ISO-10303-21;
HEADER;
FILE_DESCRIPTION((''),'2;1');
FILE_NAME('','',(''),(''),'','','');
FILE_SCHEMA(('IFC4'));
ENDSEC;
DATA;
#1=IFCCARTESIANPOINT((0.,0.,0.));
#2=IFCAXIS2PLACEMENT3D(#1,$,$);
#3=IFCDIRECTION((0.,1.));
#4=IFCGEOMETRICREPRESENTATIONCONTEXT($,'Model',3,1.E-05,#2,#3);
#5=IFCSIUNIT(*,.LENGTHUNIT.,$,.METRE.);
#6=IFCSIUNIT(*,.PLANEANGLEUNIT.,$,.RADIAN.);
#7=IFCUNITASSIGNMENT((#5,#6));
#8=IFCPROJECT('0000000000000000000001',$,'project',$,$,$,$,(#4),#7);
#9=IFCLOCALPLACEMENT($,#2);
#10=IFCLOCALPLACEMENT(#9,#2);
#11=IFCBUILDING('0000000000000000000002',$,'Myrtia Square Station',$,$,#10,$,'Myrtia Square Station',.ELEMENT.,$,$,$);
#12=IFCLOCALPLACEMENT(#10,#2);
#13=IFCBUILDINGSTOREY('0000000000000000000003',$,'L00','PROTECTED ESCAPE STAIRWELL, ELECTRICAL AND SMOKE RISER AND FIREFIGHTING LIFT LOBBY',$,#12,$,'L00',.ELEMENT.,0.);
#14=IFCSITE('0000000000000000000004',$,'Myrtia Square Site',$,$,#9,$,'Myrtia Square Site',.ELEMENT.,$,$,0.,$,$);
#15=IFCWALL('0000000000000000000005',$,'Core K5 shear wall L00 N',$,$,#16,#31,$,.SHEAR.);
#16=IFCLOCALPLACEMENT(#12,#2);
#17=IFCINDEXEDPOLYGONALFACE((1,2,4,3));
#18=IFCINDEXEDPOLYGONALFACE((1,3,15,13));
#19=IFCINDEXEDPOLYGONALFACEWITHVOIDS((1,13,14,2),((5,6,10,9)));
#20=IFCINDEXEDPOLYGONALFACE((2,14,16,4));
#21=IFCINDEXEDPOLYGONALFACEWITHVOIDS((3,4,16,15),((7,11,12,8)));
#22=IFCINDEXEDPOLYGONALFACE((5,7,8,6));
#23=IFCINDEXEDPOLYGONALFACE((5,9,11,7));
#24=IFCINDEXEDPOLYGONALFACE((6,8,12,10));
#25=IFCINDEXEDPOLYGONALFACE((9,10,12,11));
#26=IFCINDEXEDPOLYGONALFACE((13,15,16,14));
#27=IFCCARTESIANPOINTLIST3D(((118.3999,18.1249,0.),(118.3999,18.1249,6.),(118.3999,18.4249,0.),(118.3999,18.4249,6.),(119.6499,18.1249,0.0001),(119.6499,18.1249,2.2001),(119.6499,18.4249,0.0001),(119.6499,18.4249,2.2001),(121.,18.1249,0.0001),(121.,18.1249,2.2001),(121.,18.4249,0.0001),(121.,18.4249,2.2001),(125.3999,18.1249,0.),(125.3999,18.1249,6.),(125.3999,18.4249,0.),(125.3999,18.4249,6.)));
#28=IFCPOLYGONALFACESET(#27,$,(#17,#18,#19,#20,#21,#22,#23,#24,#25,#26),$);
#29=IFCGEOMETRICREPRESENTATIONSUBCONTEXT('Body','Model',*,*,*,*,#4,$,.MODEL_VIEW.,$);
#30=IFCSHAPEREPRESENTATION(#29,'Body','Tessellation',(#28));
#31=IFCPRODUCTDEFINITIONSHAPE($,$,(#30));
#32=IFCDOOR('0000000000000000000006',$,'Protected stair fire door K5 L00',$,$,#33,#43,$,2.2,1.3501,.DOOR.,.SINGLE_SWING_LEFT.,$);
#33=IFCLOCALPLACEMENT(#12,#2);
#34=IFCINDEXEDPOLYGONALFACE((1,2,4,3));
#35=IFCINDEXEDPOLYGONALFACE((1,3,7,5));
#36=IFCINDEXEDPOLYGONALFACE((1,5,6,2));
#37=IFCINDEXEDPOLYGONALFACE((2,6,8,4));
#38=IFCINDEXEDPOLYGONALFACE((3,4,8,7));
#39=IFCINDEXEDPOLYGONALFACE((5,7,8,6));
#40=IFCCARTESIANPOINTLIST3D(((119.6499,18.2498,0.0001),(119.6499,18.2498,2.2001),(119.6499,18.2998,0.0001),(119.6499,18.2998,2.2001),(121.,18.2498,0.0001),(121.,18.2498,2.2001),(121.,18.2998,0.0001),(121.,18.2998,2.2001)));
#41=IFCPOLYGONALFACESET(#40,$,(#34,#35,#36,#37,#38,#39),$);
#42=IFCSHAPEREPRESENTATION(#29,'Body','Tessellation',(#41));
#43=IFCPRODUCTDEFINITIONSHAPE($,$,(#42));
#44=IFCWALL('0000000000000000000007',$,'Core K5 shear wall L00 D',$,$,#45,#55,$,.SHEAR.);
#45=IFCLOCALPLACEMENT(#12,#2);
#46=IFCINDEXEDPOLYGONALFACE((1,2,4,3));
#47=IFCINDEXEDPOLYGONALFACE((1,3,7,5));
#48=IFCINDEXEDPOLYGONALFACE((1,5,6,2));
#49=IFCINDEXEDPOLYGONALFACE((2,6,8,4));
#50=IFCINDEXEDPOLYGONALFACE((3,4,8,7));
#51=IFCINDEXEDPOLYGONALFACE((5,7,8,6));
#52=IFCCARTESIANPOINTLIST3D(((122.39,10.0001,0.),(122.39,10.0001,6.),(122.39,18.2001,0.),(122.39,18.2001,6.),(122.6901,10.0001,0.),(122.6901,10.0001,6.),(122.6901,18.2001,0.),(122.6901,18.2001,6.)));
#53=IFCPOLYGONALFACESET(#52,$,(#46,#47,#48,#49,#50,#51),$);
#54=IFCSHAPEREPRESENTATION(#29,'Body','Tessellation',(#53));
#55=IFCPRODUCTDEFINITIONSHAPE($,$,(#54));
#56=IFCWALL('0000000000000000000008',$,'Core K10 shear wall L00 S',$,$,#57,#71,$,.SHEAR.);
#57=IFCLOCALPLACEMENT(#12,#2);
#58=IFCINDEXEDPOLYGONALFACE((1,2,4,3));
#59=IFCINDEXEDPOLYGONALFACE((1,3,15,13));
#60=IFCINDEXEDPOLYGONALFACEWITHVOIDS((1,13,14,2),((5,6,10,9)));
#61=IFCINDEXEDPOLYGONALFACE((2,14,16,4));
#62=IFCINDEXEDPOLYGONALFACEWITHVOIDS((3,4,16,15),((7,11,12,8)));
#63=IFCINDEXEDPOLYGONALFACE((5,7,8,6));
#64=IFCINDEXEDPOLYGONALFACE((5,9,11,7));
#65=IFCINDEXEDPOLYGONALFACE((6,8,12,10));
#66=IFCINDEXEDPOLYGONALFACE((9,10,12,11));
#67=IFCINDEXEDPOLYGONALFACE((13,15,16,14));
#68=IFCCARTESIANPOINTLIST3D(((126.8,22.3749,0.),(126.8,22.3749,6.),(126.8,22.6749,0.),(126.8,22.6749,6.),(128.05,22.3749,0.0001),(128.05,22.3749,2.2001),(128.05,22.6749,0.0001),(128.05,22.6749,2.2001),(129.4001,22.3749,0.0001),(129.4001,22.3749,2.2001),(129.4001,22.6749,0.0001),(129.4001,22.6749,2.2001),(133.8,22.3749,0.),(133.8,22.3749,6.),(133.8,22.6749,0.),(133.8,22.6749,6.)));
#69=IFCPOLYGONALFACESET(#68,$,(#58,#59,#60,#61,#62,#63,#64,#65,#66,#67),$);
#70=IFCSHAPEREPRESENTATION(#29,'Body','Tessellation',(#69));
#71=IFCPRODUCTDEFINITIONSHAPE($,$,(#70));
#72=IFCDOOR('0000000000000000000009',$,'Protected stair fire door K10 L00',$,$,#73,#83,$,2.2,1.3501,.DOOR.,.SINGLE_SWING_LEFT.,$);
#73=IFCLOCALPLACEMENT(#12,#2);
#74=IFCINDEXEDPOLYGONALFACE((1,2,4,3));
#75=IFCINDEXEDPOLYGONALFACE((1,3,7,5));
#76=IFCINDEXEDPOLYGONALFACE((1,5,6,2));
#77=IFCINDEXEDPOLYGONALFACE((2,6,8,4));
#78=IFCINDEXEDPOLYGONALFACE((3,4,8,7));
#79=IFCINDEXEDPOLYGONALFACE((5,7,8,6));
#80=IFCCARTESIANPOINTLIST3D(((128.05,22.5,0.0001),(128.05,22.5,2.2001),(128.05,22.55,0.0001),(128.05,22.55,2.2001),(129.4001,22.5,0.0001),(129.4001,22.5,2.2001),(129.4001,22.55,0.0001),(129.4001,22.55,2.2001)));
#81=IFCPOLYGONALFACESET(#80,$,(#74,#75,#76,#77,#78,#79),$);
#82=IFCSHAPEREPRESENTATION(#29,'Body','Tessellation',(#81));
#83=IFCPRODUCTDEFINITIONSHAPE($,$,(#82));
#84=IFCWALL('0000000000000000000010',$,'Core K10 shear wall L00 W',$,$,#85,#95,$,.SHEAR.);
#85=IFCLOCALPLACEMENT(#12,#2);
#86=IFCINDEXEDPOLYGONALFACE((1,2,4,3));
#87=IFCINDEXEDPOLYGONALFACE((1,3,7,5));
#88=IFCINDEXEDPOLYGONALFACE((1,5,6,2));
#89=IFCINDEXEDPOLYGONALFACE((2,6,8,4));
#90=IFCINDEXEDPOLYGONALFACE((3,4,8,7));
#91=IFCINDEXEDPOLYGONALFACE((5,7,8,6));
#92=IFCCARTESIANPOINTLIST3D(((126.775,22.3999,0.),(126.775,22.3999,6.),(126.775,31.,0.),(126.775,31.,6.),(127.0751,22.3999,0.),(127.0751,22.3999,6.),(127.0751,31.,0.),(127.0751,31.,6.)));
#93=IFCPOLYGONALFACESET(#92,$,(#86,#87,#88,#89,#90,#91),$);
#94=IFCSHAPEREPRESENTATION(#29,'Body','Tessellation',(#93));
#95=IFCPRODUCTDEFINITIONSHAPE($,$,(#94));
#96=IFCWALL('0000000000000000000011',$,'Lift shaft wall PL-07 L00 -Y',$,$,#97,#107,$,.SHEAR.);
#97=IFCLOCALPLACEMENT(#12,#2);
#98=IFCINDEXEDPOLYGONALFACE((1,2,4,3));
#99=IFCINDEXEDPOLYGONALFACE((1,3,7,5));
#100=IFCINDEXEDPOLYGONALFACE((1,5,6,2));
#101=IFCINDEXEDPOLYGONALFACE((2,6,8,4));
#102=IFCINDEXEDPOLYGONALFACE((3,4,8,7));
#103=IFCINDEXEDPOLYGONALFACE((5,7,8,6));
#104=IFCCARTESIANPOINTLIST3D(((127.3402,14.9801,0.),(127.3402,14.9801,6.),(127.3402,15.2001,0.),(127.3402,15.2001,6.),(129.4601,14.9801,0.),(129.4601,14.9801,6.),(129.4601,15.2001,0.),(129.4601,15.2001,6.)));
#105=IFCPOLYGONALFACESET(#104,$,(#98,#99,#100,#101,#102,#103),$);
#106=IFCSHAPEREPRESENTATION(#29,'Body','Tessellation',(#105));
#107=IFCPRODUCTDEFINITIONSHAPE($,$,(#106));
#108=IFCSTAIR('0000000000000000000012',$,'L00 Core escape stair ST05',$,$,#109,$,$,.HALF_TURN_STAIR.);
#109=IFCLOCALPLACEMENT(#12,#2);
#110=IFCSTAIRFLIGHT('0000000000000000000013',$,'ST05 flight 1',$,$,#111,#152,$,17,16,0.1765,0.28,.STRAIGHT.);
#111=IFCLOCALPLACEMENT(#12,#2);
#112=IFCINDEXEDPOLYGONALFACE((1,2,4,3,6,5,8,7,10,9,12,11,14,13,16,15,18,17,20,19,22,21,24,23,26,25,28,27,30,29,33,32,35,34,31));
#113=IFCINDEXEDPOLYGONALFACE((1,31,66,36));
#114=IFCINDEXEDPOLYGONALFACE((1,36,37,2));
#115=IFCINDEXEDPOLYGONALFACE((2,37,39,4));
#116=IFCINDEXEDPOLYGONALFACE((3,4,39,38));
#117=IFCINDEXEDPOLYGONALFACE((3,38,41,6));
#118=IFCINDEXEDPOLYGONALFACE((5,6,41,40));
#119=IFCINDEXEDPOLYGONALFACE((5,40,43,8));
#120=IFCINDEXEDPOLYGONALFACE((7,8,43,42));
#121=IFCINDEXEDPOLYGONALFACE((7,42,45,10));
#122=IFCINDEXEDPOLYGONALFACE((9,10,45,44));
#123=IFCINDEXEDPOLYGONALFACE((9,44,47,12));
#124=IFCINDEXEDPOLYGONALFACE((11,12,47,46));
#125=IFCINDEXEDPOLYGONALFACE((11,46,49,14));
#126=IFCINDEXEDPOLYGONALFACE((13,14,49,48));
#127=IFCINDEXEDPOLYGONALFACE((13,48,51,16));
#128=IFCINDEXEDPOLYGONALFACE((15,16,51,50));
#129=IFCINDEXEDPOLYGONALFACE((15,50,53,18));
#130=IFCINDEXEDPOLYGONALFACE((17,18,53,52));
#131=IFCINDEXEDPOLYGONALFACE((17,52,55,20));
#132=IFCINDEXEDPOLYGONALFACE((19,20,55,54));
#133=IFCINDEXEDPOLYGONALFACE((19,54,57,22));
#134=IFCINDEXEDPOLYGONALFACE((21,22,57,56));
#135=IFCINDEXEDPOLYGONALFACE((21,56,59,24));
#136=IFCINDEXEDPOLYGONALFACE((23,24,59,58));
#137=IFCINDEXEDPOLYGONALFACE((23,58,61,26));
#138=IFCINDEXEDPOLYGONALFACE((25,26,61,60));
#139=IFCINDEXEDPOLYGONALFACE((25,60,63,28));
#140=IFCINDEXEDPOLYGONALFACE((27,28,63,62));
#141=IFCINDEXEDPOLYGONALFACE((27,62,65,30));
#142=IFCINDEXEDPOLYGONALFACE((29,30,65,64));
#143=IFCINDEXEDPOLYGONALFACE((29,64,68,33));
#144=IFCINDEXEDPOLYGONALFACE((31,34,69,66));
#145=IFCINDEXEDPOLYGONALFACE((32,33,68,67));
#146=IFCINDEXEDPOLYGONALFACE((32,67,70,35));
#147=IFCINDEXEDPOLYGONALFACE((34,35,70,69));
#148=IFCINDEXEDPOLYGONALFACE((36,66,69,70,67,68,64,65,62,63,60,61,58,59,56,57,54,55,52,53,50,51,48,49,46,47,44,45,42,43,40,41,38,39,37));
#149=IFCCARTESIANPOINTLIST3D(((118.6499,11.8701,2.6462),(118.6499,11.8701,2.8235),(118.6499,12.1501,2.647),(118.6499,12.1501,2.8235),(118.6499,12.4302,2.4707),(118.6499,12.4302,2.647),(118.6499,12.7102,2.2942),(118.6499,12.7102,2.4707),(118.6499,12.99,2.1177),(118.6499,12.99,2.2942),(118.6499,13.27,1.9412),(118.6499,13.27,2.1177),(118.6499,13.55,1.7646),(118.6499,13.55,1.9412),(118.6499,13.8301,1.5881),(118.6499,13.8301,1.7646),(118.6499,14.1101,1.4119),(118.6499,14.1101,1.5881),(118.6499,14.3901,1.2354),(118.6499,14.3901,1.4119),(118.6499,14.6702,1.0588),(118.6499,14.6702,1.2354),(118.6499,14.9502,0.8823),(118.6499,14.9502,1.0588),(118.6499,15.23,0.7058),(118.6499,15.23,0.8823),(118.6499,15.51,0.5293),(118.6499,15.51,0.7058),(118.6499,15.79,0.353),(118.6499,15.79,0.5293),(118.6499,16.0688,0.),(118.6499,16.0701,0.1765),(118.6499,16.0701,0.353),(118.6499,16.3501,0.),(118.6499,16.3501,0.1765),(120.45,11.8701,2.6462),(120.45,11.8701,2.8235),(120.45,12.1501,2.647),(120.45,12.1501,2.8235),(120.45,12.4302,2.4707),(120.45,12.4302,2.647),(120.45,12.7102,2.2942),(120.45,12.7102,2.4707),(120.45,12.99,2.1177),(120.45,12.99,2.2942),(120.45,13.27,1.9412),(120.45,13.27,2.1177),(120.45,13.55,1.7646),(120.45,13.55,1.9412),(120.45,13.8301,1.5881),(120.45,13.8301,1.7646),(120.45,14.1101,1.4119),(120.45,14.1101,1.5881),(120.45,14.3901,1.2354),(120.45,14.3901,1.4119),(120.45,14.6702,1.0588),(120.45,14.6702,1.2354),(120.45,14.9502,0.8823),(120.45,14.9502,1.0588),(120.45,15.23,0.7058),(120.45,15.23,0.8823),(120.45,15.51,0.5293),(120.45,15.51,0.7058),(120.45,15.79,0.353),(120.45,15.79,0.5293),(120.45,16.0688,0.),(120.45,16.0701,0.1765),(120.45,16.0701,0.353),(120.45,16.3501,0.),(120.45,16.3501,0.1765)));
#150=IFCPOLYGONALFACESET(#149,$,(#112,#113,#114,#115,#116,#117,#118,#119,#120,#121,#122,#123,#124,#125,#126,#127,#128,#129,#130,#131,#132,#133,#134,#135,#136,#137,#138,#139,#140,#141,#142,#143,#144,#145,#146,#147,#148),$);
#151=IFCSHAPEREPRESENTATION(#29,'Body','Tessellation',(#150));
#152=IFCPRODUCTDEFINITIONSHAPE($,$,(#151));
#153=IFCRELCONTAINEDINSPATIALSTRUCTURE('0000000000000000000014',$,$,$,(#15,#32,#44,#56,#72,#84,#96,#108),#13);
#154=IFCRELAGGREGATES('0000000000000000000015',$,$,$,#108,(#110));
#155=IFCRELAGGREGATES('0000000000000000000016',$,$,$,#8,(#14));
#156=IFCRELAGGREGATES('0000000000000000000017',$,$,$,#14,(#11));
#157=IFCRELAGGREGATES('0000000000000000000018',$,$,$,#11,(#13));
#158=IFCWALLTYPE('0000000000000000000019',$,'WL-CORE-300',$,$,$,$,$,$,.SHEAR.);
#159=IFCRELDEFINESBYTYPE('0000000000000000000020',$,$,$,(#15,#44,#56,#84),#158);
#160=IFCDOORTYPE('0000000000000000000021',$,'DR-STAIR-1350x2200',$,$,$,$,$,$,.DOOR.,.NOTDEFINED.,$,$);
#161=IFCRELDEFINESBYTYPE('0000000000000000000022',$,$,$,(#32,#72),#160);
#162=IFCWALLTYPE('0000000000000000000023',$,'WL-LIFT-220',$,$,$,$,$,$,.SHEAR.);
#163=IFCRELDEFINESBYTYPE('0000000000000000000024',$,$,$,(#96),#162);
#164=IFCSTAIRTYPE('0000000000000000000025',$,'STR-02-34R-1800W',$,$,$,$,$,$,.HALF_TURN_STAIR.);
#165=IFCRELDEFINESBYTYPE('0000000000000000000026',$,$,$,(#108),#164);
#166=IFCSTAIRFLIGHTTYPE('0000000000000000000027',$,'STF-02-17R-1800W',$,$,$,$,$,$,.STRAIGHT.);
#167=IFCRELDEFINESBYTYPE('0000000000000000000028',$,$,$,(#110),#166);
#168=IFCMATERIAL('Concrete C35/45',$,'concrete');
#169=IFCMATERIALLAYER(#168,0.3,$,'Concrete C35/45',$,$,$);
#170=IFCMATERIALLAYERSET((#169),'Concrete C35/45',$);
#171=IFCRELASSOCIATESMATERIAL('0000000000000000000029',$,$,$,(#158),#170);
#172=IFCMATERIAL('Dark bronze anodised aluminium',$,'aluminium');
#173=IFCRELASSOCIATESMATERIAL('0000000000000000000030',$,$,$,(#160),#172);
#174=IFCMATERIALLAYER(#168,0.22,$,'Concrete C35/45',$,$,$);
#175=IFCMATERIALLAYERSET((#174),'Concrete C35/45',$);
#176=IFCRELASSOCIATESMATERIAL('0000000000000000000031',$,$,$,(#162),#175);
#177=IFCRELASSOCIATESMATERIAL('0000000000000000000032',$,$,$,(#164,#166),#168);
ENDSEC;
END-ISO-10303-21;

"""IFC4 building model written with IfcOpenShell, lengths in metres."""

from ifc_helpers import new_model, si_unit, direction, frame, frame_2d, origin, place, context, subcontext, project, spatial, polyline, rectangle, outline, extrude, material, layer, layer_set, type_object, element, fill, aggregate, save


model = new_model("IFC4")

# Units and contexts
model_context = context("Model", 3, precision=1e-05, world=origin(), true_north=direction((0.0, 1.0)))
body_context = subcontext(model_context, "Body", "Model", "MODEL_VIEW")
ifc_project = project(units=[si_unit("LENGTHUNIT", "METRE"), si_unit("PLANEANGLEUNIT", "RADIAN")], contexts=[model_context])

# Site, building, storey
site_placement = place(None, origin())
site = spatial("IfcSite", under=ifc_project, at=site_placement, Name="Myrtia Square Site", LongName="Myrtia Square Site", CompositionType="ELEMENT", RefElevation=0.0)
building_placement = place(site_placement, origin())
building = spatial("IfcBuilding", under=site, at=building_placement, Name="Myrtia Square Station", LongName="Myrtia Square Station", CompositionType="ELEMENT")
storey_placement = place(building_placement, origin())
storey = spatial("IfcBuildingStorey", under=building, at=storey_placement, Name="L00", Description="PROTECTED ESCAPE STAIRWELL, ELECTRICAL AND SMOKE RISER AND FIREFIGHTING LIFT LOBBY", LongName="L00", CompositionType="ELEMENT", Elevation=0.0)

# Wall, opening, door
ifc_material_1 = material(Name="Concrete C35/45", Category="concrete")
ifc_layer_1 = layer(ifc_material_1, 0.3, Name="Concrete C35/45")
ifc_layer_set_1 = layer_set([ifc_layer_1], Name="Concrete C35/45")
wall_type_1 = type_object("IfcWallType", Name="WL-CORE-300", PredefinedType="SHEAR", material=ifc_layer_set_1)
wall_1_placement = place(storey_placement, frame((118.3999, 18.2749, 0.0), z_axis=(0.0, 0.0, 1.0), x_axis=(1.0, 0.0, 0.0)))
wall_1 = element("IfcWall", 1, at=wall_1_placement, inside=storey, type_object=wall_type_1, Name="Core K5 shear wall L00 N", PredefinedType="SHEAR", context=body_context, shape_type="SweptSolid", body=[
    extrude(rectangle(XDim=7.0, YDim=0.3, at=frame_2d((3.5, 0.0))), origin(), (0.0, 0.0, 1.0), 6.0),
])
opening_1_placement = place(wall_1_placement, frame((1.25, 0.0, 0.0)))
opening_1 = element("IfcOpeningElement", 2, at=opening_1_placement, cuts=wall_1, PredefinedType="OPENING", context=body_context, shape_type="SweptSolid", body=[
    extrude(rectangle(XDim=1.3501, YDim=2.2, at=frame_2d((0.675, 1.1001))), frame((0.0, 0.165, 0.0), z_axis=(0.0, -1.0, 0.0), x_axis=(1.0, 0.0, 0.0)), (0.0, 0.0, 1.0), 0.3301),
])
ifc_material_2 = material(Name="Dark bronze anodised aluminium", Category="aluminium")
door_type = type_object("IfcDoorType", Name="DR-STAIR-1350x2200", OperationType="NOTDEFINED", PredefinedType="DOOR", material=ifc_material_2)
door_1_placement = place(opening_1_placement, origin())
door_1 = element("IfcDoor", 3, at=door_1_placement, inside=storey, type_object=door_type, Name="Protected stair fire door K5 L00", OperationType="SINGLE_SWING_LEFT", OverallHeight=2.2, OverallWidth=1.3501, PredefinedType="DOOR", context=body_context, shape_type="SweptSolid", body=[
    extrude(rectangle(XDim=1.3501, YDim=2.2, at=frame_2d((0.675, 1.1001))), frame((0.0, 0.0249, 0.0), z_axis=(0.0, -1.0, 0.0), x_axis=(1.0, 0.0, 0.0)), (0.0, 0.0, 1.0), 0.05),
])
fill(opening_1, door_1)

# Wall
wall_2_placement = place(storey_placement, frame((122.54, 10.0, 0.0), z_axis=(0.0, 0.0, 1.0), x_axis=(0.0, 1.0, 0.0)))
element("IfcWall", 4, at=wall_2_placement, inside=storey, type_object=wall_type_1, Name="Core K5 shear wall L00 D", PredefinedType="SHEAR", context=body_context, shape_type="SweptSolid", body=[
    extrude(rectangle(XDim=8.2, YDim=0.3, at=frame_2d((4.1001, 0.0))), origin(), (0.0, 0.0, 1.0), 6.0),
])

# Wall, opening, door
wall_3_placement = place(storey_placement, frame((126.8, 22.5249, 0.0), z_axis=(0.0, 0.0, 1.0), x_axis=(1.0, 0.0, 0.0)))
wall_3 = element("IfcWall", 5, at=wall_3_placement, inside=storey, type_object=wall_type_1, Name="Core K10 shear wall L00 S", PredefinedType="SHEAR", context=body_context, shape_type="SweptSolid", body=[
    extrude(rectangle(XDim=7.0, YDim=0.3, at=frame_2d((3.5, 0.0))), origin(), (0.0, 0.0, 1.0), 6.0),
])
opening_2_placement = place(wall_3_placement, frame((1.25, 0.0, 0.0)))
opening_2 = element("IfcOpeningElement", 6, at=opening_2_placement, cuts=wall_3, PredefinedType="OPENING", context=body_context, shape_type="SweptSolid", body=[
    extrude(rectangle(XDim=1.3501, YDim=2.2, at=frame_2d((0.675, 1.1001))), frame((0.0, 0.165, 0.0), z_axis=(0.0, -1.0, 0.0), x_axis=(1.0, 0.0, 0.0)), (0.0, 0.0, 1.0), 0.3301),
])
door_2_placement = place(opening_2_placement, frame((1.3501, 0.0, 0.0), z_axis=(0.0, 0.0, 1.0), x_axis=(-1.0, 0.0, 0.0)))
door_2 = element("IfcDoor", 7, at=door_2_placement, inside=storey, type_object=door_type, Name="Protected stair fire door K10 L00", OperationType="SINGLE_SWING_LEFT", OverallHeight=2.2, OverallWidth=1.3501, PredefinedType="DOOR", context=body_context, shape_type="SweptSolid", body=[
    extrude(rectangle(XDim=1.3501, YDim=2.2, at=frame_2d((0.675, 1.1001))), frame((0.0, 0.0249, 0.0), z_axis=(0.0, -1.0, 0.0), x_axis=(1.0, 0.0, 0.0)), (0.0, 0.0, 1.0), 0.05),
])
fill(opening_2, door_2)

# Walls
wall_4_placement = place(storey_placement, frame((126.925, 22.3999, 0.0), z_axis=(0.0, 0.0, 1.0), x_axis=(0.0, 1.0, 0.0)))
element("IfcWall", 8, at=wall_4_placement, inside=storey, type_object=wall_type_1, Name="Core K10 shear wall L00 W", PredefinedType="SHEAR", context=body_context, shape_type="SweptSolid", body=[
    extrude(rectangle(XDim=8.6001, YDim=0.3, at=frame_2d((4.3, 0.0))), origin(), (0.0, 0.0, 1.0), 6.0),
])
ifc_layer_2 = layer(ifc_material_1, 0.22, Name="Concrete C35/45")
ifc_layer_set_2 = layer_set([ifc_layer_2], Name="Concrete C35/45")
wall_type_2 = type_object("IfcWallType", Name="WL-LIFT-220", PredefinedType="SHEAR", material=ifc_layer_set_2)
wall_5_placement = place(storey_placement, frame((127.3401, 15.0901, 0.0), z_axis=(0.0, 0.0, 1.0), x_axis=(1.0, 0.0, 0.0)))
element("IfcWall", 9, at=wall_5_placement, inside=storey, type_object=wall_type_2, Name="Lift shaft wall PL-07 L00 -Y", PredefinedType="SHEAR", context=body_context, shape_type="SweptSolid", body=[
    extrude(rectangle(XDim=2.1199, YDim=0.22, at=frame_2d((1.0601, 0.0))), origin(), (0.0, 0.0, 1.0), 6.0),
])

# Stair, stair flight
stair_type = type_object("IfcStairType", Name="STR-02-34R-1800W", PredefinedType="HALF_TURN_STAIR", material=ifc_material_1)
stair_placement = place(storey_placement, origin())
stair = element("IfcStair", 10, at=stair_placement, inside=storey, type_object=stair_type, Name="L00 Core escape stair ST05", PredefinedType="HALF_TURN_STAIR")
stair_flight_type = type_object("IfcStairFlightType", Name="STF-02-17R-1800W", PredefinedType="STRAIGHT", material=ifc_material_1)
stair_flight_1_placement = place(storey_placement, frame((119.55, 16.3501, 0.0), z_axis=(0.0, 0.0, 1.0), x_axis=(0.0, -1.0, 0.0)))
stair_flight_1 = element("IfcStairFlight", 11, at=stair_flight_1_placement, type_object=stair_flight_type, Name="ST05 flight 1", NumberOfRisers=17, NumberOfTreads=16, PredefinedType="STRAIGHT", RiserHeight=0.1765, TreadLength=0.28, context=body_context, shape_type="SweptSolid", body=[
    extrude(outline(polyline([(0.0, 0.0), (0.0, 0.1765), (0.28, 0.1765), (0.28, 0.353), (0.5601, 0.353), (0.5601, 0.5293), (0.8401, 0.5293), (0.8401, 0.7058), (1.1201, 0.7058), (1.1201, 0.8823), (1.3999, 0.8823), (1.3999, 1.0588), (1.6799, 1.0588), (1.6799, 1.2354), (1.96, 1.2354), (1.96, 1.4119), (2.24, 1.4119), (2.24, 1.5881), (2.52, 1.5881), (2.52, 1.7646), (2.8, 1.7646), (2.8, 1.9412), (3.0801, 1.9412), (3.0801, 2.1177), (3.3601, 2.1177), (3.3601, 2.2942), (3.6399, 2.2942), (3.6399, 2.4707), (3.9199, 2.4707), (3.9199, 2.647), (4.2, 2.647), (4.2, 2.8235), (4.48, 2.8235), (4.48, 3.0), (4.48, 2.6462), (0.2812, 0.0), (0.0, 0.0)])), frame((0.0, 0.8999, 0.0), z_axis=(0.0, -1.0, 0.0), x_axis=(1.0, 0.0, 0.0)), (0.0, 0.0, 1.0), 1.8),
])
aggregate(stair, [stair_flight_1])

save(model, "model.ifc")
